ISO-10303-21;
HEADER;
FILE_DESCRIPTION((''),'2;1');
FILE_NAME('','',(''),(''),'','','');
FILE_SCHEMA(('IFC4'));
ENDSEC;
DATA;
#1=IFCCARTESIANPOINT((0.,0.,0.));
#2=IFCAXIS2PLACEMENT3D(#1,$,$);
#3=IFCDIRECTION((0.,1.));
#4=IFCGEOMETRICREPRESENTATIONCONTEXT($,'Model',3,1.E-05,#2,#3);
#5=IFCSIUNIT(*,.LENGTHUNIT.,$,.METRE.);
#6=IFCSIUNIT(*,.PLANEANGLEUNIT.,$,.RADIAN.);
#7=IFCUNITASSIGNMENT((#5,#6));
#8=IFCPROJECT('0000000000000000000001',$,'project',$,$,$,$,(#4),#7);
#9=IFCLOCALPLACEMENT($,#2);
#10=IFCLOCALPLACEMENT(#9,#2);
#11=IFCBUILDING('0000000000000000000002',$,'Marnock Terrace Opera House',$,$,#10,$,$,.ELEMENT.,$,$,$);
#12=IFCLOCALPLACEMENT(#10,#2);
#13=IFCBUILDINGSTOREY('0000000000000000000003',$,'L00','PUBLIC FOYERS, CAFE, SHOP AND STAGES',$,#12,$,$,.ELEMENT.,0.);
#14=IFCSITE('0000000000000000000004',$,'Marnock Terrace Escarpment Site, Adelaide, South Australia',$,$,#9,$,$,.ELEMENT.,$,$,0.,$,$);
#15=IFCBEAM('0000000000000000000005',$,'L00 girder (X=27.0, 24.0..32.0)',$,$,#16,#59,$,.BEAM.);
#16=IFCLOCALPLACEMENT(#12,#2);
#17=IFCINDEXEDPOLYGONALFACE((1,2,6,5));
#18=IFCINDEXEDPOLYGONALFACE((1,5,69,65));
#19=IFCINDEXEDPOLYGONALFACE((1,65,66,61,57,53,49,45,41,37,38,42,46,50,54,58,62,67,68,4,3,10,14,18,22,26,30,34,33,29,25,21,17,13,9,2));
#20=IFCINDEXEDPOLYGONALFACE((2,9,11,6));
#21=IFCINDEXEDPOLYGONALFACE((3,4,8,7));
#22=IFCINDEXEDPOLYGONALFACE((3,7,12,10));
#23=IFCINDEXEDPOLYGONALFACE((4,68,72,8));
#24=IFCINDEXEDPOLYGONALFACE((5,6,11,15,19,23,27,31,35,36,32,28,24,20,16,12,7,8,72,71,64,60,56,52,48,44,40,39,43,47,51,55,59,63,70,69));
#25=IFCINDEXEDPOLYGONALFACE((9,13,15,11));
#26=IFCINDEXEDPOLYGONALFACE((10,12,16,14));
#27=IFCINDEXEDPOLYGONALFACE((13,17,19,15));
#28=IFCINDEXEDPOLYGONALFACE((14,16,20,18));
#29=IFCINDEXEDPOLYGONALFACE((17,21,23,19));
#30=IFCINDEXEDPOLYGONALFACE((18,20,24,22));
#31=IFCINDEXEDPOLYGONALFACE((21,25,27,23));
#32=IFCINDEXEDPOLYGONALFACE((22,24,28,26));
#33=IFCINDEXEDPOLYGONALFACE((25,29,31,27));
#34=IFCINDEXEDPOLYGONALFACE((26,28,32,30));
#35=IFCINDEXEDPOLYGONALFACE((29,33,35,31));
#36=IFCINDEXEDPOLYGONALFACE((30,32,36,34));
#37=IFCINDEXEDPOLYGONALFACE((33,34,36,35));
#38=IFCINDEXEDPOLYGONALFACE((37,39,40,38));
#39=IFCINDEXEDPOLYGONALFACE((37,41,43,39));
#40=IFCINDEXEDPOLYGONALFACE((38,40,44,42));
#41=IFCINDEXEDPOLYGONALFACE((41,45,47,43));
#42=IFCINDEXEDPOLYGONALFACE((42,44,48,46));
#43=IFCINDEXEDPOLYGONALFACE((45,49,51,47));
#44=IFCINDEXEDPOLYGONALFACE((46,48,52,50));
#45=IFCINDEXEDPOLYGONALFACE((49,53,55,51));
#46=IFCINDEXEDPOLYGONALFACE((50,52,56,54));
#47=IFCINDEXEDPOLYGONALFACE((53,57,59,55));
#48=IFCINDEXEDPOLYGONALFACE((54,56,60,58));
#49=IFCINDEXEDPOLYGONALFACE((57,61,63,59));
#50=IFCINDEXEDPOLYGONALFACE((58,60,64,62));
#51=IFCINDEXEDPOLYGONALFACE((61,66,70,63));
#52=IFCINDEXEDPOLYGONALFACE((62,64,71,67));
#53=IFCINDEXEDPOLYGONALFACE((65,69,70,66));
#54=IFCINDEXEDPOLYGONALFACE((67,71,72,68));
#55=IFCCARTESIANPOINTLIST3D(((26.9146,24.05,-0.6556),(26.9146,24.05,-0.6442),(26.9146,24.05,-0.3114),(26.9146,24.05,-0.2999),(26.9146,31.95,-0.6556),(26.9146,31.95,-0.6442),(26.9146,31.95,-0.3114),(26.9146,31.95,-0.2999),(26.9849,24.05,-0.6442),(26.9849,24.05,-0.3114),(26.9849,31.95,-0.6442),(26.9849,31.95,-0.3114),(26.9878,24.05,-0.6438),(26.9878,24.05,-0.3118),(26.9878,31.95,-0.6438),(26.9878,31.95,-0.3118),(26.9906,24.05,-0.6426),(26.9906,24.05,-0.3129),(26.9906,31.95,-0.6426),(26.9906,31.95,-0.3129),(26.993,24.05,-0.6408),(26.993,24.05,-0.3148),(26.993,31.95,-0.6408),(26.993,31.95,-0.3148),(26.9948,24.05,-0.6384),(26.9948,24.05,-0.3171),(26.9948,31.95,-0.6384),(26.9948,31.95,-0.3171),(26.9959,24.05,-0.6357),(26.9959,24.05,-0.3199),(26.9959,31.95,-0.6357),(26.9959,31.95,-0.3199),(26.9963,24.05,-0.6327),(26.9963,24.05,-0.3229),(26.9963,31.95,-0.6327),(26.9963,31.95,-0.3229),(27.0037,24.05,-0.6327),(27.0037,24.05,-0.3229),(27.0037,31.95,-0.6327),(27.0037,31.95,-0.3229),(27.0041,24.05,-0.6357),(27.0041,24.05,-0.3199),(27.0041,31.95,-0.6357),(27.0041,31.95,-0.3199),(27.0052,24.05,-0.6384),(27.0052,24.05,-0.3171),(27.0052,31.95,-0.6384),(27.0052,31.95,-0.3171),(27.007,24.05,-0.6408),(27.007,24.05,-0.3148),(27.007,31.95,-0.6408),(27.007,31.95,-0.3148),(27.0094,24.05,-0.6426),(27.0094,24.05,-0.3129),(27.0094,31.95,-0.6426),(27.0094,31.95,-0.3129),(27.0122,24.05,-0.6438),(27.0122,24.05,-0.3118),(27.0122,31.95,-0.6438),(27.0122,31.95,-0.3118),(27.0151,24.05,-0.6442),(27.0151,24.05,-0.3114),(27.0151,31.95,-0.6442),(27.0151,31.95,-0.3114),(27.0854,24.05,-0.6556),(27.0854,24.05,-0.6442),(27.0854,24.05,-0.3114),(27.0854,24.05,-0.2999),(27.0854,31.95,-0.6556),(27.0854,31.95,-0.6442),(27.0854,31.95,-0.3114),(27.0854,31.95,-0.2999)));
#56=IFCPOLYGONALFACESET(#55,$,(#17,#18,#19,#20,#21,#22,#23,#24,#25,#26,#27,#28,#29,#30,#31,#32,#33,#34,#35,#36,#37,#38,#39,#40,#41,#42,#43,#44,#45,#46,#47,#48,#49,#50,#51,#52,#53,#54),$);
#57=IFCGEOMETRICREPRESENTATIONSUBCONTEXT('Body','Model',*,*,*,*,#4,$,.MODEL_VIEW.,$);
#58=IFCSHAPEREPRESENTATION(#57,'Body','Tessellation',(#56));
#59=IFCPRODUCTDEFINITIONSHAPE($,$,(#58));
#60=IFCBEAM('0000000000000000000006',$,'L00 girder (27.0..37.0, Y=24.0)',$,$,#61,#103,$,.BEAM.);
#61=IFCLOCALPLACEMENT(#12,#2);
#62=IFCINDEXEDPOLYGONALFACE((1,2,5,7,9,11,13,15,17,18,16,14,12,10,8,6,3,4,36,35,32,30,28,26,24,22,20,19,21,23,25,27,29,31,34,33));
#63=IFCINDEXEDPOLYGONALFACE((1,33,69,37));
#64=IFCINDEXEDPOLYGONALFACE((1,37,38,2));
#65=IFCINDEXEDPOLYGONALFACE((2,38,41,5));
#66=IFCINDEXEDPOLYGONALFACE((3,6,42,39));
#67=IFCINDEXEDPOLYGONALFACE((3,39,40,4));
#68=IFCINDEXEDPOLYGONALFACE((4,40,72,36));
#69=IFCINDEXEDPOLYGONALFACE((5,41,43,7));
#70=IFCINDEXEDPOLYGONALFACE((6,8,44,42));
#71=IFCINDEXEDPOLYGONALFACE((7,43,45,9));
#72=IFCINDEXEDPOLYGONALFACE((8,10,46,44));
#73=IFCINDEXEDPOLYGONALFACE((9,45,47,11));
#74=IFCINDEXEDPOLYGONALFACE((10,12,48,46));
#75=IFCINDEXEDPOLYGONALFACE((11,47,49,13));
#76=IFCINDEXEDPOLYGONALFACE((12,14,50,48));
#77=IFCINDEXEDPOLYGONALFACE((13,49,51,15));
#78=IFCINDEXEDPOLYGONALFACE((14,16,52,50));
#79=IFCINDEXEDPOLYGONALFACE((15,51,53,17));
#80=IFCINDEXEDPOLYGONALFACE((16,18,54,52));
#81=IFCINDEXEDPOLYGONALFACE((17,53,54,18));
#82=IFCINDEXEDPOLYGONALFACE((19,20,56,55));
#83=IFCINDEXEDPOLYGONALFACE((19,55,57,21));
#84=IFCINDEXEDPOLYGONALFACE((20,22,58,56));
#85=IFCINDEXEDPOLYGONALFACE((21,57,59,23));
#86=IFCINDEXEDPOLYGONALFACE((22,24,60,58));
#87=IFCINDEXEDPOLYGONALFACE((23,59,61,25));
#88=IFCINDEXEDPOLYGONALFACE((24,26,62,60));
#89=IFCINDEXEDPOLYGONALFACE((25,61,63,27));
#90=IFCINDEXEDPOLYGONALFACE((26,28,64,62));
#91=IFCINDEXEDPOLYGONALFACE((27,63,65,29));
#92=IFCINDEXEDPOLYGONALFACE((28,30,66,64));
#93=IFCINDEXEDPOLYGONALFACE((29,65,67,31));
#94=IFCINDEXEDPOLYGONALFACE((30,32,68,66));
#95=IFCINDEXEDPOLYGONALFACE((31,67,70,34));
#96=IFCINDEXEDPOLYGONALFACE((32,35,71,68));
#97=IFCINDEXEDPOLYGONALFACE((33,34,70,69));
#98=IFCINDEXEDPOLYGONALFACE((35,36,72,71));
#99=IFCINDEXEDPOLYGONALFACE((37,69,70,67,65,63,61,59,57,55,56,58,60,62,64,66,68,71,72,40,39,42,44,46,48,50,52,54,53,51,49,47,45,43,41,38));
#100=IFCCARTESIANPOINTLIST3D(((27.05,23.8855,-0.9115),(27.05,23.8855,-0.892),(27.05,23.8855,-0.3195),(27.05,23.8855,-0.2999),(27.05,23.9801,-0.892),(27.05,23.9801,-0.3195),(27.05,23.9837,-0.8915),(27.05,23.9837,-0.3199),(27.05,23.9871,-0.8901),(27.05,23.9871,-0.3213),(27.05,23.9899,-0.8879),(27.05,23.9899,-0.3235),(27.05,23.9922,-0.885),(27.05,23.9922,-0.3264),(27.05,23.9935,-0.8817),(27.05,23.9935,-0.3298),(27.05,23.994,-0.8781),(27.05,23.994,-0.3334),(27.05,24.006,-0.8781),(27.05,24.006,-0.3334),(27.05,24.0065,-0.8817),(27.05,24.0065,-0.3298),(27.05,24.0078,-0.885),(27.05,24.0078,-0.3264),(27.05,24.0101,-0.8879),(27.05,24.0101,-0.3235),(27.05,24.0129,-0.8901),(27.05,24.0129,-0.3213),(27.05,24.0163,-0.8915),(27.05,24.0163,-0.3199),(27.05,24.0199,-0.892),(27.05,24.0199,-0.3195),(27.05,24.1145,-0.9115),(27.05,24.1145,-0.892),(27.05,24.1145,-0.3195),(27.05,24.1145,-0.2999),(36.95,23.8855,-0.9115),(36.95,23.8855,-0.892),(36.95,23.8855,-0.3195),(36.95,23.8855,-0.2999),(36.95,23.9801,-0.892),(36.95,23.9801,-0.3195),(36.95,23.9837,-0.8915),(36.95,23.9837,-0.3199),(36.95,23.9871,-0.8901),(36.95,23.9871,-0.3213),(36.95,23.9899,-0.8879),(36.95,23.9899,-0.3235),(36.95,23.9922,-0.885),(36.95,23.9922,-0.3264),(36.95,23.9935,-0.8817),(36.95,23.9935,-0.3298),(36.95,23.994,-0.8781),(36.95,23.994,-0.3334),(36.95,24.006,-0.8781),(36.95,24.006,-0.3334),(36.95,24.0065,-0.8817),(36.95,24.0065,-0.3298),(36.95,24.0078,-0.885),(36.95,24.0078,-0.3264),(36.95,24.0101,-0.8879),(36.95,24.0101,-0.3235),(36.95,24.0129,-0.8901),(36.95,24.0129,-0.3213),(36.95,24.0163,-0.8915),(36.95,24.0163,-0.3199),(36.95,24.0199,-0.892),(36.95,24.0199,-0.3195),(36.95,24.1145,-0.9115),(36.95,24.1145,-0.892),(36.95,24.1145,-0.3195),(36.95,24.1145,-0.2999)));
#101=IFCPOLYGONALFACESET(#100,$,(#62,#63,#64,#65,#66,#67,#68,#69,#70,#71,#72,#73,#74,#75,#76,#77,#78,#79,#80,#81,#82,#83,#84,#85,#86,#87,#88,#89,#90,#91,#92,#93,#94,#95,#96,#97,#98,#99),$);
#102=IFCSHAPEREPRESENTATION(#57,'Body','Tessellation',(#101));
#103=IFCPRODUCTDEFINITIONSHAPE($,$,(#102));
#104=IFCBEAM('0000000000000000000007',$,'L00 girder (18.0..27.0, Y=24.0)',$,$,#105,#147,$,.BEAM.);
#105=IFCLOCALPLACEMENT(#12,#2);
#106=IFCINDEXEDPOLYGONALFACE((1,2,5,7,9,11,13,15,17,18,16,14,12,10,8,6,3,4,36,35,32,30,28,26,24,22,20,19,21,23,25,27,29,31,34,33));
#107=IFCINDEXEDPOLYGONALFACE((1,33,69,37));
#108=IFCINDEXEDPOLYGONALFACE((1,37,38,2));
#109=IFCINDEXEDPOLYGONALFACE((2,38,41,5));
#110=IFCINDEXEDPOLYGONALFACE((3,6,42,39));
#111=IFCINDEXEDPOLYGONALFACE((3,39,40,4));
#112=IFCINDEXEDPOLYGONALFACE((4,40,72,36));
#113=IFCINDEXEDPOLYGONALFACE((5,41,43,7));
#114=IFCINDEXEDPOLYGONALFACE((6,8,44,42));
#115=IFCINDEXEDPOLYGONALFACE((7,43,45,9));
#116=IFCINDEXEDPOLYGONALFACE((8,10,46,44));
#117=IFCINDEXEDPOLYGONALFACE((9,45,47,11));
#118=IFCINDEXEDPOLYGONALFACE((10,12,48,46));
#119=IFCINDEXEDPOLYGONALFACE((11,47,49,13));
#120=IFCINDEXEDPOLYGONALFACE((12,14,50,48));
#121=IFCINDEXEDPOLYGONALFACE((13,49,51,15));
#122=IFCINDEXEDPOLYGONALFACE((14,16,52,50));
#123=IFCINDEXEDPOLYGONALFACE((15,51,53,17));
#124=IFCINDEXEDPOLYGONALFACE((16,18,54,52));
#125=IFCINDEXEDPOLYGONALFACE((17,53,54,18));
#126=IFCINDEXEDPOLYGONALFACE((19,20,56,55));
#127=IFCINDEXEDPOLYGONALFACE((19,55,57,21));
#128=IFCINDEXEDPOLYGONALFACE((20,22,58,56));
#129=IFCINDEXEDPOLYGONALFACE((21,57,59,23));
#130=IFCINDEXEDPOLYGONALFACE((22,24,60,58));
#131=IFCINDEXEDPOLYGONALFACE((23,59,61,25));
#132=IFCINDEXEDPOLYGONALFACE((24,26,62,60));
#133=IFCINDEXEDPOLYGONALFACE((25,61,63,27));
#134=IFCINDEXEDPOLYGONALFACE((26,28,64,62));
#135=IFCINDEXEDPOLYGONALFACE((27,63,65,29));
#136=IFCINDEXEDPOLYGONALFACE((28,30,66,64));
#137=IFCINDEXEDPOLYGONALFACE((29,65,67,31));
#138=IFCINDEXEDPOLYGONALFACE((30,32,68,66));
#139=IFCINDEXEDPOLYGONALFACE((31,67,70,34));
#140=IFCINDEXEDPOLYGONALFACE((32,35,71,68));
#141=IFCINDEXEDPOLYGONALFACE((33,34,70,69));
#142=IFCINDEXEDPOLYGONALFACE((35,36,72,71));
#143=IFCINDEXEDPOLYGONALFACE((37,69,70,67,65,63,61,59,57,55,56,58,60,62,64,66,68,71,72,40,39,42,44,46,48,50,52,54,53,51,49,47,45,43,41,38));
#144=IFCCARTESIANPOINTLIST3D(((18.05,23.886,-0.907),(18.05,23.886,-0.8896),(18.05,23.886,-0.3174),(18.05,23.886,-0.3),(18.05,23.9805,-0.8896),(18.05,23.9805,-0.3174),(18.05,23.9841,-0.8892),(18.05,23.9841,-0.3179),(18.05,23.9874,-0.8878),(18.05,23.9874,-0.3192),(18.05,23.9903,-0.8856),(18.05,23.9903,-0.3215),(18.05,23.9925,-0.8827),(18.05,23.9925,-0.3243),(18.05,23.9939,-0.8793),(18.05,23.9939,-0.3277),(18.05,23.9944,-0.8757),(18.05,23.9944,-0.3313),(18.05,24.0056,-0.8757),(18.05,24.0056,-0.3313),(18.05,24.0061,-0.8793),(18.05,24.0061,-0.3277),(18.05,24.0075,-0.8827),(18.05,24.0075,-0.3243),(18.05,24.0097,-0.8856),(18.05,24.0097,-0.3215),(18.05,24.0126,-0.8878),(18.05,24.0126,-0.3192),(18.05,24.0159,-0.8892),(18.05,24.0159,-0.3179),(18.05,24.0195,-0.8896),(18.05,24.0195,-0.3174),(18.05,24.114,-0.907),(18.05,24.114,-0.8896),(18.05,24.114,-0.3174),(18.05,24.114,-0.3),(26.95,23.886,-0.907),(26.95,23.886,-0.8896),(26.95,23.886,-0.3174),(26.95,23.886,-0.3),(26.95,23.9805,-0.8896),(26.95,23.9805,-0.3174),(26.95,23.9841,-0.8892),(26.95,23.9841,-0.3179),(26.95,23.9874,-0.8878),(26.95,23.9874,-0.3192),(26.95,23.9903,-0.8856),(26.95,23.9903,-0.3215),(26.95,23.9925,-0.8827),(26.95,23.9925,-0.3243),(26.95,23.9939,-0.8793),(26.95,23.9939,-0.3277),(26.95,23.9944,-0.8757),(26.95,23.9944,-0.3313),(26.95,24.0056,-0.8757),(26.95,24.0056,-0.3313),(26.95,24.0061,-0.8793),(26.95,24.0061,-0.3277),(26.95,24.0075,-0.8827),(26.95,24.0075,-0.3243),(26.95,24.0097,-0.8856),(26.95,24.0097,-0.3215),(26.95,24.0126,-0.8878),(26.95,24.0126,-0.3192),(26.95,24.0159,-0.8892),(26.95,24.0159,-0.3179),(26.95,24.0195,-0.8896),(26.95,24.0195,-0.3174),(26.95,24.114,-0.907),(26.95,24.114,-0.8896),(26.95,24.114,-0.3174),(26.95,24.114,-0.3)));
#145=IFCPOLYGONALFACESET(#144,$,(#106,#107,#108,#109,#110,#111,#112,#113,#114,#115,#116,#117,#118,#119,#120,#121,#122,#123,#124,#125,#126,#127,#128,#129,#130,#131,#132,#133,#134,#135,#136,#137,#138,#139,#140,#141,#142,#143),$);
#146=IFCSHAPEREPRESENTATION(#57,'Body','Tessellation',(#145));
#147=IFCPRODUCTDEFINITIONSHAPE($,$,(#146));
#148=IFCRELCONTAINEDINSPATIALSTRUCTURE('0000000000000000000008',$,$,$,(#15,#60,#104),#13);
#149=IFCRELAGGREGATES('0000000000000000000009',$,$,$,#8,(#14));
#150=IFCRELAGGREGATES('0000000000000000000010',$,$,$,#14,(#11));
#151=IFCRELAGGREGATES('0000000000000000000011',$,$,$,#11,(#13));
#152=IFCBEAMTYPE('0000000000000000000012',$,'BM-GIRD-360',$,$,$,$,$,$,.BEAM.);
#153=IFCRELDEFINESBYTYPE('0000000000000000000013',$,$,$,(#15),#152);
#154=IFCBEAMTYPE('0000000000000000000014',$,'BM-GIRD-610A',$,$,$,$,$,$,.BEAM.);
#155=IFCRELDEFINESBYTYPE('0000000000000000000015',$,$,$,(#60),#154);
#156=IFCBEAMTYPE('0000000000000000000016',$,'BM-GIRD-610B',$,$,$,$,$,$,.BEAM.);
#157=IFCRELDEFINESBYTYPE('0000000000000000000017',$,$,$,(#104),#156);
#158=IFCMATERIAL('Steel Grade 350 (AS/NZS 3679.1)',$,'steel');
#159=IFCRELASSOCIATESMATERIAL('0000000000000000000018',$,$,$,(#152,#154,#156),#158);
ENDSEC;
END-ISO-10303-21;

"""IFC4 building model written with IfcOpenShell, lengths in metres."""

from ifc_helpers import new_model, si_unit, direction, frame, origin, origin_2d, place, context, subcontext, project, spatial, i_section, extrude, material, material_profile, profile_set, type_object, element, save


model = new_model("IFC4")

# Units and contexts
model_context = context("Model", 3, precision=1e-05, world=origin(), true_north=direction((0.0, 1.0)))
body_context = subcontext(model_context, "Body", "Model", "MODEL_VIEW")
ifc_project = project(units=[si_unit("LENGTHUNIT", "METRE"), si_unit("PLANEANGLEUNIT", "RADIAN")], contexts=[model_context])

# Site, building, storey
site_placement = place(None, origin())
site = spatial("IfcSite", under=ifc_project, at=site_placement, Name="Marnock Terrace Escarpment Site, Adelaide, South Australia", CompositionType="ELEMENT", RefElevation=0.0)
building_placement = place(site_placement, origin())
building = spatial("IfcBuilding", under=site, at=building_placement, Name="Marnock Terrace Opera House", CompositionType="ELEMENT")
storey_placement = place(building_placement, origin())
storey = spatial("IfcBuildingStorey", under=building, at=storey_placement, Name="L00", Description="PUBLIC FOYERS, CAFE, SHOP AND STAGES", CompositionType="ELEMENT", Elevation=0.0)

# Shared definitions
ifc_material_1 = material(Name="Steel Grade 350 (AS/NZS 3679.1)", Category="steel")

# Beams
ifc_material_profile_1 = material_profile(ifc_material_1, i_section(OverallWidth=0.1709, OverallDepth=0.3557, WebThickness=0.0073, FlangeThickness=0.0115, FilletRadius=0.0115, at=origin_2d()))
ifc_profile_set_1 = profile_set([ifc_material_profile_1], Name="Steel Grade 350 (AS/NZS 3679.1)")
beam_type_1 = type_object("IfcBeamType", Name="BM-GIRD-360", PredefinedType="BEAM", material=ifc_profile_set_1)
for number, where, z_axis, x_axis, name in (
    (1, (27.0, 24.05, -0.4778), (0.0, 1.0, 0.0), (-1.0, 0.0, 0.0), "L00 girder (X=27.0, 24.0..32.0)"),
):
    element("IfcBeam", number, at=place(storey_placement, frame(where, z_axis=z_axis, x_axis=x_axis)), inside=storey, type_object=beam_type_1, Name=name, PredefinedType="BEAM", context=body_context, shape_type="SweptSolid", body=[
        extrude(i_section(OverallWidth=0.1709, OverallDepth=0.3557, WebThickness=0.0073, FlangeThickness=0.0115, FilletRadius=0.0115, at=origin_2d()), origin(), (0.0, 0.0, 1.0), 7.8999),
    ])
ifc_material_profile_2 = material_profile(ifc_material_1, i_section(OverallWidth=0.229, OverallDepth=0.6116, WebThickness=0.012, FlangeThickness=0.0195, FilletRadius=0.0139, at=origin_2d()))
ifc_profile_set_2 = profile_set([ifc_material_profile_2], Name="Steel Grade 350 (AS/NZS 3679.1)")
beam_type_2 = type_object("IfcBeamType", Name="BM-GIRD-610A", PredefinedType="BEAM", material=ifc_profile_set_2)
beam_1_placement = place(storey_placement, frame((27.05, 24.0, -0.6057), z_axis=(1.0, 0.0, 0.0), x_axis=(0.0, 1.0, 0.0)))
element("IfcBeam", 2, at=beam_1_placement, inside=storey, type_object=beam_type_2, Name="L00 girder (27.0..37.0, Y=24.0)", PredefinedType="BEAM", context=body_context, shape_type="SweptSolid", body=[
    extrude(i_section(OverallWidth=0.229, OverallDepth=0.6116, WebThickness=0.012, FlangeThickness=0.0195, FilletRadius=0.0139, at=origin_2d()), origin(), (0.0, 0.0, 1.0), 9.8999),
])
ifc_material_profile_3 = material_profile(ifc_material_1, i_section(OverallWidth=0.228, OverallDepth=0.6069, WebThickness=0.0112, FlangeThickness=0.0173, FilletRadius=0.0139, at=origin_2d()))
ifc_profile_set_3 = profile_set([ifc_material_profile_3], Name="Steel Grade 350 (AS/NZS 3679.1)")
beam_type_3 = type_object("IfcBeamType", Name="BM-GIRD-610B", PredefinedType="BEAM", material=ifc_profile_set_3)
beam_2_placement = place(storey_placement, frame((18.05, 24.0, -0.6035), z_axis=(1.0, 0.0, 0.0), x_axis=(0.0, 1.0, 0.0)))
element("IfcBeam", 3, at=beam_2_placement, inside=storey, type_object=beam_type_3, Name="L00 girder (18.0..27.0, Y=24.0)", PredefinedType="BEAM", context=body_context, shape_type="SweptSolid", body=[
    extrude(i_section(OverallWidth=0.228, OverallDepth=0.6069, WebThickness=0.0112, FlangeThickness=0.0173, FilletRadius=0.0139, at=origin_2d()), origin(), (0.0, 0.0, 1.0), 8.8999),
])

save(model, "model.ifc")
